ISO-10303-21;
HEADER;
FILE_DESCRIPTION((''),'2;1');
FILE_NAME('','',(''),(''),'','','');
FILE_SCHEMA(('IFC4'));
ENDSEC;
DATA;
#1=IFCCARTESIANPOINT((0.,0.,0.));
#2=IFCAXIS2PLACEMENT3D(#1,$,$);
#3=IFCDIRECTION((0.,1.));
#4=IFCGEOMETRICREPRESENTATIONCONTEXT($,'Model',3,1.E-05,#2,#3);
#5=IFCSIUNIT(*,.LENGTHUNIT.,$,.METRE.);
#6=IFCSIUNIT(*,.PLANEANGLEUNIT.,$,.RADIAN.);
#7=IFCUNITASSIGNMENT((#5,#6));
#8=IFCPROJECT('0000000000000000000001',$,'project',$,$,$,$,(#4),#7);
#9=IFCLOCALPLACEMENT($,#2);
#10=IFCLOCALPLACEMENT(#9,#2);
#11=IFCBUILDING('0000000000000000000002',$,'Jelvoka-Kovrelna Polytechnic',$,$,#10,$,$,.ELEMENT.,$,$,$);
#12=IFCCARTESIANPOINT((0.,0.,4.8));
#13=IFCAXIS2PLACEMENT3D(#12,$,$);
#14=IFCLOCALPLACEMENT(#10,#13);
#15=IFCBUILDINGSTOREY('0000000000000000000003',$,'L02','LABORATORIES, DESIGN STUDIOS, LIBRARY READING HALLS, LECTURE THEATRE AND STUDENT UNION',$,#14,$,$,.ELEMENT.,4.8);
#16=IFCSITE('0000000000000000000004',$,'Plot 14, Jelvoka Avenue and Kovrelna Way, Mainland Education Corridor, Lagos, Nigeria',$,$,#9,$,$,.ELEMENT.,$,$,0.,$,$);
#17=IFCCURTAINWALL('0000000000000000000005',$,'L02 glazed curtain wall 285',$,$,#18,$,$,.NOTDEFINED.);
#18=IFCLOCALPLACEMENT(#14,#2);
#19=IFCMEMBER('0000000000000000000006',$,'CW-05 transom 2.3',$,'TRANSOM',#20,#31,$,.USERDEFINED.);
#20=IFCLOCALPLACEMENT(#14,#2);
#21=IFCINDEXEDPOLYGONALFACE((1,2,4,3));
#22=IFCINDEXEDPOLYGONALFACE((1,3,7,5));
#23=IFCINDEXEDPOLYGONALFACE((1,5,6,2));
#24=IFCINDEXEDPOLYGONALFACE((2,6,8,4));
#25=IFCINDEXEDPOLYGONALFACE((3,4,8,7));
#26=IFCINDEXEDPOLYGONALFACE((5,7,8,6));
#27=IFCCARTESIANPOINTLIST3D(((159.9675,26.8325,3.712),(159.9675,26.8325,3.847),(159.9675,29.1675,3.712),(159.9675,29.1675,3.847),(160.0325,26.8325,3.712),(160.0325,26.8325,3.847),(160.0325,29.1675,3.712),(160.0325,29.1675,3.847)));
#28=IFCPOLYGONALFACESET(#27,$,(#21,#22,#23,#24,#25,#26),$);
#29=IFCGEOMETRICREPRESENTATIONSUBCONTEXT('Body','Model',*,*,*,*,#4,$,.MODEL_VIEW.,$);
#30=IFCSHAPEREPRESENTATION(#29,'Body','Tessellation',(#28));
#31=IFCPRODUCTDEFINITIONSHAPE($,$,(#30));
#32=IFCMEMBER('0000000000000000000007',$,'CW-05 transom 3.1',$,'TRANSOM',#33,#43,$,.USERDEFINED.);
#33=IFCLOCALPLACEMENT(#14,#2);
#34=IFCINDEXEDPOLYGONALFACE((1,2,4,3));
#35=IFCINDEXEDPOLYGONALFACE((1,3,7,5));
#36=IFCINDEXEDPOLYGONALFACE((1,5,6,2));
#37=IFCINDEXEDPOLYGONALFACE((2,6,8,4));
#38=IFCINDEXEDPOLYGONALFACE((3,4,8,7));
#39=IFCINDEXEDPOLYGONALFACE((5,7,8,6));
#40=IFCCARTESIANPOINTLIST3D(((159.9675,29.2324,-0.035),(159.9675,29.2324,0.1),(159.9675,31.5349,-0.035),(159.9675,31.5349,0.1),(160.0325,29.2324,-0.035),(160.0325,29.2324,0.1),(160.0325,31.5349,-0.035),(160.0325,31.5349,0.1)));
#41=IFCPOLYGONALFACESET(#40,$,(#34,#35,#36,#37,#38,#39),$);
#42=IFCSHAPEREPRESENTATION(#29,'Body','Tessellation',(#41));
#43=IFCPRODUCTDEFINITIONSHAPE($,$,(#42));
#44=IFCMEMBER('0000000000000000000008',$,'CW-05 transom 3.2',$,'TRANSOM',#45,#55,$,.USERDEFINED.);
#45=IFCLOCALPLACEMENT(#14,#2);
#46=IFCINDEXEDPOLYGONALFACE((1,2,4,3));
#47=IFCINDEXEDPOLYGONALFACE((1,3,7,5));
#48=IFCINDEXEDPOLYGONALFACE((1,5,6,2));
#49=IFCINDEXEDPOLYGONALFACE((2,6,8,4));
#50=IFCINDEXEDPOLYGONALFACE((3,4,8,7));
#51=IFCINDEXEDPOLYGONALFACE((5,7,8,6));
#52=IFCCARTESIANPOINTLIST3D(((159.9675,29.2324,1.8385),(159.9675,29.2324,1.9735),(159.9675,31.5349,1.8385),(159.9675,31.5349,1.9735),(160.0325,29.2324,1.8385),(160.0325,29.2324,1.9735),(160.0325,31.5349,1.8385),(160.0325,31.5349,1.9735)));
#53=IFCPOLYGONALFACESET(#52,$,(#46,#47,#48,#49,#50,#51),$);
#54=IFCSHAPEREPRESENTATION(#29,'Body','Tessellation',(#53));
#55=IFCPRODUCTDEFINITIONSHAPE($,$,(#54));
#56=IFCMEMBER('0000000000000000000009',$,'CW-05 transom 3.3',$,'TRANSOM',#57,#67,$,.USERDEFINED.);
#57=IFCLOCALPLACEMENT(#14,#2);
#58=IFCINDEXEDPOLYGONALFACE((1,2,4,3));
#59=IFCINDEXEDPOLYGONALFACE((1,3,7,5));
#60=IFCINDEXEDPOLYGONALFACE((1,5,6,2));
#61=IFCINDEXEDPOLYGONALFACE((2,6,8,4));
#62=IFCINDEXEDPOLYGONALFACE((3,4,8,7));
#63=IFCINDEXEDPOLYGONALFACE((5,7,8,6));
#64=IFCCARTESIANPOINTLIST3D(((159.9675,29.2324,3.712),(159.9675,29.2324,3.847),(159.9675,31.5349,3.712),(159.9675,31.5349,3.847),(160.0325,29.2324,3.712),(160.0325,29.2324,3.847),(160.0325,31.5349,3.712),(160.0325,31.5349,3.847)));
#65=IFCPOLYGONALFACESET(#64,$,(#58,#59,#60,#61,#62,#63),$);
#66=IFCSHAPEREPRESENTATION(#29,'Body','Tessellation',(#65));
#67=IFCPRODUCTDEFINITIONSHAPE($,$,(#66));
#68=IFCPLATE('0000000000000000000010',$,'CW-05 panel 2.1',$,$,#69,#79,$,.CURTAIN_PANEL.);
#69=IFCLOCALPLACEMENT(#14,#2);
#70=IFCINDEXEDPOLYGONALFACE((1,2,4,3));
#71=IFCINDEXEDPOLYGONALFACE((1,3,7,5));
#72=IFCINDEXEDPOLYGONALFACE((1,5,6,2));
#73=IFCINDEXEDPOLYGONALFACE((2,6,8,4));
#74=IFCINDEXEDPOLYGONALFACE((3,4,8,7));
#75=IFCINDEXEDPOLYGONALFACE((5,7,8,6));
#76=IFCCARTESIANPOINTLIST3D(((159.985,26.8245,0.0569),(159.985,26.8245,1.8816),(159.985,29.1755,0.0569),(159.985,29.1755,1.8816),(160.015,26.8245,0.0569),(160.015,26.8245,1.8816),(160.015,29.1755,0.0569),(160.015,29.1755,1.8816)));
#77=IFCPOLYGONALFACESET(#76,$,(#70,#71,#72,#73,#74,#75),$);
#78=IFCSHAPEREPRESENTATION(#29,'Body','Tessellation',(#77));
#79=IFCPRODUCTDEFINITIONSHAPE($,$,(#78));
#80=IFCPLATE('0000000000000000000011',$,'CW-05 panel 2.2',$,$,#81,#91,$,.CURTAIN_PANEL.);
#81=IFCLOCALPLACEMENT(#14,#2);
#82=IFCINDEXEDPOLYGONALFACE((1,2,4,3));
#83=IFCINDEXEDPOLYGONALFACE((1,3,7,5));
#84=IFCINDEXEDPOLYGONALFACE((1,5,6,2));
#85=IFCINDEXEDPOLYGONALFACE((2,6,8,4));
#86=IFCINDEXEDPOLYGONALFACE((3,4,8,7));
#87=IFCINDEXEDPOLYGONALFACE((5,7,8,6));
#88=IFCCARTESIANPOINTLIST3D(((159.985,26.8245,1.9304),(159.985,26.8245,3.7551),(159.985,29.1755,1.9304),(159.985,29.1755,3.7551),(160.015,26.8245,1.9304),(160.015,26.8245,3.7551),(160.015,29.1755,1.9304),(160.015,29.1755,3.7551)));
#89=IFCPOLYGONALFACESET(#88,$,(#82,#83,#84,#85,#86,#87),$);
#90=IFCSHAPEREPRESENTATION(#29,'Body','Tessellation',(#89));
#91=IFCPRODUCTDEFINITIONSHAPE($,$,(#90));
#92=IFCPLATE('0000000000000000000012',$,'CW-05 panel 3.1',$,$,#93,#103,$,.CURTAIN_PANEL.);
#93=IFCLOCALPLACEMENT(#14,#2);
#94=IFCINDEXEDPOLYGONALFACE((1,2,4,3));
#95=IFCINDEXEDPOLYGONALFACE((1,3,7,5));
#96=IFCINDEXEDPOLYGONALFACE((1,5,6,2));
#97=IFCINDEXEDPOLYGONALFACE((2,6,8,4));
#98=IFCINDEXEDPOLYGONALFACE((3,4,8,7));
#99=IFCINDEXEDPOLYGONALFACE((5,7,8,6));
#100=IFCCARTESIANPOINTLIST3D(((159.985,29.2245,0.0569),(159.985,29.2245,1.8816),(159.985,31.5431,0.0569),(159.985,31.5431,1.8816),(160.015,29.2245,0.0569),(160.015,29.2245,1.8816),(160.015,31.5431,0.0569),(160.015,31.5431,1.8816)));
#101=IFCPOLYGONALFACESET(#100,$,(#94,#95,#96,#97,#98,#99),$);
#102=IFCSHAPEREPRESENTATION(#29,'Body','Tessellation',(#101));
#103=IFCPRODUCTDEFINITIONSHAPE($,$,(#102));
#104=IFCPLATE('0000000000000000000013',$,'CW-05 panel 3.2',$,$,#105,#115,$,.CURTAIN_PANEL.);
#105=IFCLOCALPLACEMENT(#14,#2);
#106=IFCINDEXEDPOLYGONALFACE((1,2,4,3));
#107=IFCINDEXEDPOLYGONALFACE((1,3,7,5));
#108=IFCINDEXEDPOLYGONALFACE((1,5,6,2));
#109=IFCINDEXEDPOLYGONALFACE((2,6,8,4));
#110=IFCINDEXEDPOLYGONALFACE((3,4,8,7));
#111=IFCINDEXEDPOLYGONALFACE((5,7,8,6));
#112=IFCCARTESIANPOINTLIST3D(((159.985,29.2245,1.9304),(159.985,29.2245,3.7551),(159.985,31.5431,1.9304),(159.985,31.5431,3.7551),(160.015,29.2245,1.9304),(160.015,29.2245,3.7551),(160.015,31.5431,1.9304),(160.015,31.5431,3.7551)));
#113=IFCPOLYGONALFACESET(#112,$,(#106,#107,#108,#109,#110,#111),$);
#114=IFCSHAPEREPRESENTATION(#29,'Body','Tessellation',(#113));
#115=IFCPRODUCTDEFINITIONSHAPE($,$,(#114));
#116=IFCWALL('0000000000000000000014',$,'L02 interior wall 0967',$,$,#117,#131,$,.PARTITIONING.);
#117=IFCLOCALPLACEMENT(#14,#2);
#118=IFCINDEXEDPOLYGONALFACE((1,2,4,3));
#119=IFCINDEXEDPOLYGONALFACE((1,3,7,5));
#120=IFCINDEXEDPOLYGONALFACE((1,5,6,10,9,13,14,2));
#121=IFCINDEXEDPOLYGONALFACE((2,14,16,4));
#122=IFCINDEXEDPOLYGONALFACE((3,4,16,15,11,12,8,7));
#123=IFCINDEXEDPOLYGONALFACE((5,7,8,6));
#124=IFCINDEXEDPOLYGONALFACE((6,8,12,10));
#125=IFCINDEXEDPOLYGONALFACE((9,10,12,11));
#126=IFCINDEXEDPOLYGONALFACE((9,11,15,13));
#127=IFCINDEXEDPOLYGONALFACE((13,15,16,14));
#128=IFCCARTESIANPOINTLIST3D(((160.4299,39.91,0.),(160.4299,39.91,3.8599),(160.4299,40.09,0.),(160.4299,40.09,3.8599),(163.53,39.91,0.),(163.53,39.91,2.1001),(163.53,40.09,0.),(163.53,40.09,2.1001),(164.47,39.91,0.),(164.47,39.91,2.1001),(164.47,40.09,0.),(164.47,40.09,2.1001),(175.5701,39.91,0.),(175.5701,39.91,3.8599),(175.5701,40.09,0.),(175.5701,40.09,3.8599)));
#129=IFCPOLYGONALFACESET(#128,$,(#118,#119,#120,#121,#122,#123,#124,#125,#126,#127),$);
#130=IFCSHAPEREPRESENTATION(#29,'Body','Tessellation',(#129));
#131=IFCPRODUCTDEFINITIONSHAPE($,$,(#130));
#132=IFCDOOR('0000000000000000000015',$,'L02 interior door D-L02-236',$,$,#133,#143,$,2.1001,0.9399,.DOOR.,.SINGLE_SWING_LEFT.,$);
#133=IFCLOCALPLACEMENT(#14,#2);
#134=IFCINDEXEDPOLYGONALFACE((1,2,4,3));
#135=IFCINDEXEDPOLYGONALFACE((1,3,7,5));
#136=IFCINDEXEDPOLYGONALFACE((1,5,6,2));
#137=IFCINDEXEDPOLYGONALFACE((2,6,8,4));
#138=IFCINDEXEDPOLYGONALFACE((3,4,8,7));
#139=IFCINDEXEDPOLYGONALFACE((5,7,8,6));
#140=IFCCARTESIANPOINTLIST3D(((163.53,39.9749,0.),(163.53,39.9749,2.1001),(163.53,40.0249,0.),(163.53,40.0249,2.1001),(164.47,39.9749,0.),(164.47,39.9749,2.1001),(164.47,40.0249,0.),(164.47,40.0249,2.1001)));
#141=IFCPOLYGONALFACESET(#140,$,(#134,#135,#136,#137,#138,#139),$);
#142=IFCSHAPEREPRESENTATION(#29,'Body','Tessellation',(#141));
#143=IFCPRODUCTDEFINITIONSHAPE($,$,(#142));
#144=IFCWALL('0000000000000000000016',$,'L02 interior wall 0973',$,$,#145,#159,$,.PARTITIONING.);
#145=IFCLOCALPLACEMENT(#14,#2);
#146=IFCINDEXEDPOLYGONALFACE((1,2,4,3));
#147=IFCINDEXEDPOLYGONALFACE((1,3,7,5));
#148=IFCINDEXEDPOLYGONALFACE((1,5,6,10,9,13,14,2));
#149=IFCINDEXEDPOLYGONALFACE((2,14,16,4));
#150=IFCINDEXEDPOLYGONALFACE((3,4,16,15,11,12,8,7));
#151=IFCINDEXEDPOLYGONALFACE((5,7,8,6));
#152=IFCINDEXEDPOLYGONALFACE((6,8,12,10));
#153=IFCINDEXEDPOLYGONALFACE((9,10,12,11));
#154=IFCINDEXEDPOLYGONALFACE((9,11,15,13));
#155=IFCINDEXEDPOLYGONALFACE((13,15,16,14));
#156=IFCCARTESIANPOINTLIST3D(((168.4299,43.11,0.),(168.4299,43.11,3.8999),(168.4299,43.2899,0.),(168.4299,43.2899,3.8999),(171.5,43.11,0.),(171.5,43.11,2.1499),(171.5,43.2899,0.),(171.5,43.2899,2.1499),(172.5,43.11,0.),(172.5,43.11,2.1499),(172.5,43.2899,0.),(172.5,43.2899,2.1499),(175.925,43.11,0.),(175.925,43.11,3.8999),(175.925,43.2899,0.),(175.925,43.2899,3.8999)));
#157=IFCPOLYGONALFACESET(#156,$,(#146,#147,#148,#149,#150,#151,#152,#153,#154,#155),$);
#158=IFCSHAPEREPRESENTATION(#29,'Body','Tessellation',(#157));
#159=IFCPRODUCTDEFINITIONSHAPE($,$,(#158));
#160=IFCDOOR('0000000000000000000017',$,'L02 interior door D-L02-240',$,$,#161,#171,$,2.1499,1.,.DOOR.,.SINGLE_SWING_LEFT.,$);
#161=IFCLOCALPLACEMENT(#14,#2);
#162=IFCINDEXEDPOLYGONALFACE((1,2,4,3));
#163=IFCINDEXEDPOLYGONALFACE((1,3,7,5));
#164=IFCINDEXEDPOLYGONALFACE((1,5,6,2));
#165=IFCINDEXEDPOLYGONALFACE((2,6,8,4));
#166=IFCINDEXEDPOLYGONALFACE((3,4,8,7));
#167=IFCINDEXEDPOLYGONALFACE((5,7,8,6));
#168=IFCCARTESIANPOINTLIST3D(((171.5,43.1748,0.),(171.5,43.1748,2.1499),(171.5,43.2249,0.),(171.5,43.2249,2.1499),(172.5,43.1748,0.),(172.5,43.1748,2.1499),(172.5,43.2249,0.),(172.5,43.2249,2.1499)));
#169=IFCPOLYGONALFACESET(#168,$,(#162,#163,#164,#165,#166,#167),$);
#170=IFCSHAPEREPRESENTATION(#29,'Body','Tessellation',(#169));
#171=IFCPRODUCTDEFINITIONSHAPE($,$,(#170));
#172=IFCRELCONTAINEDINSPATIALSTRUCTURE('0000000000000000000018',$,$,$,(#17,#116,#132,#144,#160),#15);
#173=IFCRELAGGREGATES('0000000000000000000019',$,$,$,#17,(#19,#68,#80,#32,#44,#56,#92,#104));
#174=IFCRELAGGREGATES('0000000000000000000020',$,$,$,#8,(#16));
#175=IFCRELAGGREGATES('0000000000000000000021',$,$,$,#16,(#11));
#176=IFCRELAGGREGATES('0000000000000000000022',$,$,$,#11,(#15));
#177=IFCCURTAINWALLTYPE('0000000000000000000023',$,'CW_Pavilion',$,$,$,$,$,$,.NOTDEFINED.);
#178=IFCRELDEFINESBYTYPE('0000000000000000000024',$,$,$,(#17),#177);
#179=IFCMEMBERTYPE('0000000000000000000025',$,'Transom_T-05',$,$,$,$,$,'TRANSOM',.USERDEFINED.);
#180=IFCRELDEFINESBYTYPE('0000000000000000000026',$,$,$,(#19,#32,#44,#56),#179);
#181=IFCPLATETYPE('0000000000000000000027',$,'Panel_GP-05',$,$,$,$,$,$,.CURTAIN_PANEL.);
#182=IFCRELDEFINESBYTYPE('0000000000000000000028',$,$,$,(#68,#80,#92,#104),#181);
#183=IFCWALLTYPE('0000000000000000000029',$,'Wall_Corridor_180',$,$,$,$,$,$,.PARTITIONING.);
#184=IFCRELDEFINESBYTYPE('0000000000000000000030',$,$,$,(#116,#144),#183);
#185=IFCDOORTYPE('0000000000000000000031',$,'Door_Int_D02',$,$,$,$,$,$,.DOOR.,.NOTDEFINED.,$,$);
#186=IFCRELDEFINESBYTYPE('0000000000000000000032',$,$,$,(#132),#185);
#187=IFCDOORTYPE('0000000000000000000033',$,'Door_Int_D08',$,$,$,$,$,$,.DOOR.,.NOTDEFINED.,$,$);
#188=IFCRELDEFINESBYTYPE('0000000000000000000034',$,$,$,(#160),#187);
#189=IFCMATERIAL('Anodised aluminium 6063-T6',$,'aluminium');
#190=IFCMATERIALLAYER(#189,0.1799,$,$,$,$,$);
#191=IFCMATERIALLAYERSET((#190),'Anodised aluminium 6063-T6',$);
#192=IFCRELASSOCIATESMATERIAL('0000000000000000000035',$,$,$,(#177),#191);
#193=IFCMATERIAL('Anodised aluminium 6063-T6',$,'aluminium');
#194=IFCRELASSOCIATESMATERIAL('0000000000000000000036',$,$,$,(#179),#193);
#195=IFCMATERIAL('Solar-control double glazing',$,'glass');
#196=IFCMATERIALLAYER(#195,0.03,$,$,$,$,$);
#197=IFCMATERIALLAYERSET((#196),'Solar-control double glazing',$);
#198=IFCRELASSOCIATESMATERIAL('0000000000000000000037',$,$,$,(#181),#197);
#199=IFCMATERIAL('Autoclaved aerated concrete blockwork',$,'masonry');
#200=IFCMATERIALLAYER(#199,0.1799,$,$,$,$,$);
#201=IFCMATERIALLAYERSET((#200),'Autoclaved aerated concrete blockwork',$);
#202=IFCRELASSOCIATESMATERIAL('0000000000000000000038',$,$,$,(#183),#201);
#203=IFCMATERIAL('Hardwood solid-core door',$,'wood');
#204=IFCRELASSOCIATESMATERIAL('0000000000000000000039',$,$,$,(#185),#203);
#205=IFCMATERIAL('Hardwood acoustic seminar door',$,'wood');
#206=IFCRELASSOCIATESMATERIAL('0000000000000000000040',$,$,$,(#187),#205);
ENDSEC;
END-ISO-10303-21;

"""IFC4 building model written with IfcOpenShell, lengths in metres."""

from ifc_helpers import new_model, si_unit, direction, frame, frame_2d, origin, origin_2d, place, context, subcontext, project, spatial, rectangle, extrude, material, layer, layer_set, material_profile, profile_set, type_object, element, fill, aggregate, save


model = new_model("IFC4")

# Units and contexts
model_context = context("Model", 3, precision=1e-05, world=origin(), true_north=direction((0.0, 1.0)))
body_context = subcontext(model_context, "Body", "Model", "MODEL_VIEW")
ifc_project = project(units=[si_unit("LENGTHUNIT", "METRE"), si_unit("PLANEANGLEUNIT", "RADIAN")], contexts=[model_context])

# Site, building, storey
site_placement = place(None, origin())
site = spatial("IfcSite", under=ifc_project, at=site_placement, Name="Plot 14, Jelvoka Avenue and Kovrelna Way, Mainland Education Corridor, Lagos, Nigeria", CompositionType="ELEMENT", RefElevation=0.0)
building_placement = place(site_placement, origin())
building = spatial("IfcBuilding", under=site, at=building_placement, Name="Jelvoka-Kovrelna Polytechnic", CompositionType="ELEMENT")
storey_placement = place(building_placement, frame((0.0, 0.0, 4.8)))
storey = spatial("IfcBuildingStorey", under=building, at=storey_placement, Name="L02", Description="LABORATORIES, DESIGN STUDIOS, LIBRARY READING HALLS, LECTURE THEATRE AND STUDENT UNION", CompositionType="ELEMENT", Elevation=4.8)

# Curtain wall
ifc_material_1 = material(Name="Anodised aluminium 6063-T6", Category="aluminium")
ifc_layer_1 = layer(ifc_material_1, 0.1799)
ifc_layer_set_1 = layer_set([ifc_layer_1], Name="Anodised aluminium 6063-T6")
curtain_wall_type = type_object("IfcCurtainWallType", Name="CW_Pavilion", PredefinedType="NOTDEFINED", material=ifc_layer_set_1)
curtain_wall_placement = place(storey_placement, origin())
curtain_wall = element("IfcCurtainWall", 1, at=curtain_wall_placement, inside=storey, type_object=curtain_wall_type, Name="L02 glazed curtain wall 285", PredefinedType="NOTDEFINED")

# Members
ifc_material_2 = material(Name="Anodised aluminium 6063-T6", Category="aluminium")
ifc_material_profile_1 = material_profile(ifc_material_2, rectangle(XDim=0.0649, YDim=0.135, at=origin_2d()), Name="ALU 65x135")
ifc_profile_set_1 = profile_set([ifc_material_profile_1], Name="Anodised aluminium 6063-T6")
member_type_1 = type_object("IfcMemberType", Name="Transom_T-05", ElementType="TRANSOM", PredefinedType="USERDEFINED", material=ifc_profile_set_1)
member_1_placement = place(storey_placement, frame((160.0, 26.8325, 3.7795), z_axis=(0.0, 1.0, 0.0), x_axis=(-1.0, 0.0, 0.0)))
member_1 = element("IfcMember", 2, at=member_1_placement, type_object=member_type_1, Name="CW-05 transom 2.3", ObjectType="TRANSOM", PredefinedType="USERDEFINED", context=body_context, shape_type="SweptSolid", body=[
    extrude(rectangle(XDim=0.0649, YDim=0.135, at=origin_2d()), origin(), (0.0, 0.0, 1.0), 2.335),
])
member_2_placement = place(storey_placement, frame((160.0, 29.2324, 0.0325), z_axis=(0.0, 1.0, 0.0), x_axis=(-1.0, 0.0, 0.0)))
member_2 = element("IfcMember", 3, at=member_2_placement, type_object=member_type_1, Name="CW-05 transom 3.1", ObjectType="TRANSOM", PredefinedType="USERDEFINED", context=body_context, shape_type="SweptSolid", body=[
    extrude(rectangle(XDim=0.0649, YDim=0.135, at=origin_2d()), origin(), (0.0, 0.0, 1.0), 2.3025),
])
member_3_placement = place(storey_placement, frame((160.0, 29.2324, 1.906), z_axis=(0.0, 1.0, 0.0), x_axis=(-1.0, 0.0, 0.0)))
member_3 = element("IfcMember", 4, at=member_3_placement, type_object=member_type_1, Name="CW-05 transom 3.2", ObjectType="TRANSOM", PredefinedType="USERDEFINED", context=body_context, shape_type="SweptSolid", body=[
    extrude(rectangle(XDim=0.0649, YDim=0.135, at=origin_2d()), origin(), (0.0, 0.0, 1.0), 2.3025),
])
member_4_placement = place(storey_placement, frame((160.0, 29.2324, 3.7795), z_axis=(0.0, 1.0, 0.0), x_axis=(-1.0, 0.0, 0.0)))
member_4 = element("IfcMember", 5, at=member_4_placement, type_object=member_type_1, Name="CW-05 transom 3.3", ObjectType="TRANSOM", PredefinedType="USERDEFINED", context=body_context, shape_type="SweptSolid", body=[
    extrude(rectangle(XDim=0.0649, YDim=0.135, at=origin_2d()), origin(), (0.0, 0.0, 1.0), 2.3025),
])

# Plates
ifc_material_3 = material(Name="Solar-control double glazing", Category="glass")
ifc_layer_2 = layer(ifc_material_3, 0.03)
ifc_layer_set_2 = layer_set([ifc_layer_2], Name="Solar-control double glazing")
plate_type = type_object("IfcPlateType", Name="Panel_GP-05", PredefinedType="CURTAIN_PANEL", material=ifc_layer_set_2)
plate_1_placement = place(storey_placement, frame((160.0, 28.0, 0.0569), z_axis=(0.0, 0.0, 1.0), x_axis=(0.0, 1.0, 0.0)))
plate_1 = element("IfcPlate", 6, at=plate_1_placement, type_object=plate_type, Name="CW-05 panel 2.1", PredefinedType="CURTAIN_PANEL", context=body_context, shape_type="SweptSolid", body=[
    extrude(rectangle(XDim=2.3511, YDim=0.03, at=origin_2d()), origin(), (0.0, 0.0, 1.0), 1.8247),
])
plate_2_placement = place(storey_placement, frame((160.0, 28.0, 1.9304), z_axis=(0.0, 0.0, 1.0), x_axis=(0.0, 1.0, 0.0)))
plate_2 = element("IfcPlate", 7, at=plate_2_placement, type_object=plate_type, Name="CW-05 panel 2.2", PredefinedType="CURTAIN_PANEL", context=body_context, shape_type="SweptSolid", body=[
    extrude(rectangle(XDim=2.3511, YDim=0.03, at=origin_2d()), origin(), (0.0, 0.0, 1.0), 1.8247),
])
plate_3_placement = place(storey_placement, frame((160.0, 30.3838, 0.0569), z_axis=(0.0, 0.0, 1.0), x_axis=(0.0, 1.0, 0.0)))
plate_3 = element("IfcPlate", 8, at=plate_3_placement, type_object=plate_type, Name="CW-05 panel 3.1", PredefinedType="CURTAIN_PANEL", context=body_context, shape_type="SweptSolid", body=[
    extrude(rectangle(XDim=2.3186, YDim=0.03, at=origin_2d()), origin(), (0.0, 0.0, 1.0), 1.8247),
])
plate_4_placement = place(storey_placement, frame((160.0, 30.3838, 1.9304), z_axis=(0.0, 0.0, 1.0), x_axis=(0.0, 1.0, 0.0)))
plate_4 = element("IfcPlate", 9, at=plate_4_placement, type_object=plate_type, Name="CW-05 panel 3.2", PredefinedType="CURTAIN_PANEL", context=body_context, shape_type="SweptSolid", body=[
    extrude(rectangle(XDim=2.3186, YDim=0.03, at=origin_2d()), origin(), (0.0, 0.0, 1.0), 1.8247),
])
aggregate(curtain_wall, [member_1, plate_1, plate_2, member_2, member_3, member_4, plate_3, plate_4])

# Walls, openings, doors
ifc_material_4 = material(Name="Autoclaved aerated concrete blockwork", Category="masonry")
ifc_layer_3 = layer(ifc_material_4, 0.1799)
ifc_layer_set_3 = layer_set([ifc_layer_3], Name="Autoclaved aerated concrete blockwork")
wall_type_1 = type_object("IfcWallType", Name="Wall_Corridor_180", PredefinedType="PARTITIONING", material=ifc_layer_set_3)
wall_1_placement = place(storey_placement, frame((160.4299, 40.0, 0.0), z_axis=(0.0, 0.0, 1.0), x_axis=(1.0, 0.0, 0.0)))
wall_1 = element("IfcWall", 10, at=wall_1_placement, inside=storey, type_object=wall_type_1, Name="L02 interior wall 0967", PredefinedType="PARTITIONING", context=body_context, shape_type="SweptSolid", body=[
    extrude(rectangle(XDim=15.1401, YDim=0.1799, at=frame_2d((7.5701, 0.0))), origin(), (0.0, 0.0, 1.0), 3.8599),
])
opening_1_placement = place(wall_1_placement, frame((3.1001, 0.0, 0.0)))
opening_1 = element("IfcOpeningElement", 11, at=opening_1_placement, cuts=wall_1, PredefinedType="OPENING", context=body_context, shape_type="SweptSolid", body=[
    extrude(rectangle(XDim=0.9399, YDim=2.1001, at=frame_2d((0.47, 1.05))), frame((0.0, 0.0999, 0.0), z_axis=(0.0, -1.0, 0.0), x_axis=(1.0, 0.0, 0.0)), (0.0, 0.0, 1.0), 0.2),
])
ifc_material_5 = material(Name="Hardwood solid-core door", Category="wood")
door_type_1 = type_object("IfcDoorType", Name="Door_Int_D02", OperationType="NOTDEFINED", PredefinedType="DOOR", material=ifc_material_5)
door_1_placement = place(opening_1_placement, origin())
door_1 = element("IfcDoor", 12, at=door_1_placement, inside=storey, type_object=door_type_1, Name="L02 interior door D-L02-236", OperationType="SINGLE_SWING_LEFT", OverallHeight=2.1001, OverallWidth=0.9399, PredefinedType="DOOR", context=body_context, shape_type="SweptSolid", body=[
    extrude(rectangle(XDim=0.9399, YDim=2.1001, at=frame_2d((0.47, 1.05))), frame((0.0, 0.0249, 0.0), z_axis=(0.0, -1.0, 0.0), x_axis=(1.0, 0.0, 0.0)), (0.0, 0.0, 1.0), 0.05),
])
fill(opening_1, door_1)
wall_2_placement = place(storey_placement, frame((168.4299, 43.2, 0.0), z_axis=(0.0, 0.0, 1.0), x_axis=(1.0, 0.0, 0.0)))
wall_2 = element("IfcWall", 13, at=wall_2_placement, inside=storey, type_object=wall_type_1, Name="L02 interior wall 0973", PredefinedType="PARTITIONING", context=body_context, shape_type="SweptSolid", body=[
    extrude(rectangle(XDim=7.4951, YDim=0.1799, at=frame_2d((3.7476, 0.0))), origin(), (0.0, 0.0, 1.0), 3.8999),
])
opening_2_placement = place(wall_2_placement, frame((3.0701, 0.0, 0.0)))
opening_2 = element("IfcOpeningElement", 14, at=opening_2_placement, cuts=wall_2, PredefinedType="OPENING", context=body_context, shape_type="SweptSolid", body=[
    extrude(rectangle(XDim=1.0, YDim=2.1499, at=frame_2d((0.5, 1.075))), frame((0.0, 0.0999, 0.0), z_axis=(0.0, -1.0, 0.0), x_axis=(1.0, 0.0, 0.0)), (0.0, 0.0, 1.0), 0.2),
])
ifc_material_6 = material(Name="Hardwood acoustic seminar door", Category="wood")
door_type_2 = type_object("IfcDoorType", Name="Door_Int_D08", OperationType="NOTDEFINED", PredefinedType="DOOR", material=ifc_material_6)
door_2_placement = place(opening_2_placement, origin())
door_2 = element("IfcDoor", 15, at=door_2_placement, inside=storey, type_object=door_type_2, Name="L02 interior door D-L02-240", OperationType="SINGLE_SWING_LEFT", OverallHeight=2.1499, OverallWidth=1.0, PredefinedType="DOOR", context=body_context, shape_type="SweptSolid", body=[
    extrude(rectangle(XDim=1.0, YDim=2.1499, at=frame_2d((0.5, 1.075))), frame((0.0, 0.0249, 0.0), z_axis=(0.0, -1.0, 0.0), x_axis=(1.0, 0.0, 0.0)), (0.0, 0.0, 1.0), 0.05),
])
fill(opening_2, door_2)

save(model, "model.ifc")
